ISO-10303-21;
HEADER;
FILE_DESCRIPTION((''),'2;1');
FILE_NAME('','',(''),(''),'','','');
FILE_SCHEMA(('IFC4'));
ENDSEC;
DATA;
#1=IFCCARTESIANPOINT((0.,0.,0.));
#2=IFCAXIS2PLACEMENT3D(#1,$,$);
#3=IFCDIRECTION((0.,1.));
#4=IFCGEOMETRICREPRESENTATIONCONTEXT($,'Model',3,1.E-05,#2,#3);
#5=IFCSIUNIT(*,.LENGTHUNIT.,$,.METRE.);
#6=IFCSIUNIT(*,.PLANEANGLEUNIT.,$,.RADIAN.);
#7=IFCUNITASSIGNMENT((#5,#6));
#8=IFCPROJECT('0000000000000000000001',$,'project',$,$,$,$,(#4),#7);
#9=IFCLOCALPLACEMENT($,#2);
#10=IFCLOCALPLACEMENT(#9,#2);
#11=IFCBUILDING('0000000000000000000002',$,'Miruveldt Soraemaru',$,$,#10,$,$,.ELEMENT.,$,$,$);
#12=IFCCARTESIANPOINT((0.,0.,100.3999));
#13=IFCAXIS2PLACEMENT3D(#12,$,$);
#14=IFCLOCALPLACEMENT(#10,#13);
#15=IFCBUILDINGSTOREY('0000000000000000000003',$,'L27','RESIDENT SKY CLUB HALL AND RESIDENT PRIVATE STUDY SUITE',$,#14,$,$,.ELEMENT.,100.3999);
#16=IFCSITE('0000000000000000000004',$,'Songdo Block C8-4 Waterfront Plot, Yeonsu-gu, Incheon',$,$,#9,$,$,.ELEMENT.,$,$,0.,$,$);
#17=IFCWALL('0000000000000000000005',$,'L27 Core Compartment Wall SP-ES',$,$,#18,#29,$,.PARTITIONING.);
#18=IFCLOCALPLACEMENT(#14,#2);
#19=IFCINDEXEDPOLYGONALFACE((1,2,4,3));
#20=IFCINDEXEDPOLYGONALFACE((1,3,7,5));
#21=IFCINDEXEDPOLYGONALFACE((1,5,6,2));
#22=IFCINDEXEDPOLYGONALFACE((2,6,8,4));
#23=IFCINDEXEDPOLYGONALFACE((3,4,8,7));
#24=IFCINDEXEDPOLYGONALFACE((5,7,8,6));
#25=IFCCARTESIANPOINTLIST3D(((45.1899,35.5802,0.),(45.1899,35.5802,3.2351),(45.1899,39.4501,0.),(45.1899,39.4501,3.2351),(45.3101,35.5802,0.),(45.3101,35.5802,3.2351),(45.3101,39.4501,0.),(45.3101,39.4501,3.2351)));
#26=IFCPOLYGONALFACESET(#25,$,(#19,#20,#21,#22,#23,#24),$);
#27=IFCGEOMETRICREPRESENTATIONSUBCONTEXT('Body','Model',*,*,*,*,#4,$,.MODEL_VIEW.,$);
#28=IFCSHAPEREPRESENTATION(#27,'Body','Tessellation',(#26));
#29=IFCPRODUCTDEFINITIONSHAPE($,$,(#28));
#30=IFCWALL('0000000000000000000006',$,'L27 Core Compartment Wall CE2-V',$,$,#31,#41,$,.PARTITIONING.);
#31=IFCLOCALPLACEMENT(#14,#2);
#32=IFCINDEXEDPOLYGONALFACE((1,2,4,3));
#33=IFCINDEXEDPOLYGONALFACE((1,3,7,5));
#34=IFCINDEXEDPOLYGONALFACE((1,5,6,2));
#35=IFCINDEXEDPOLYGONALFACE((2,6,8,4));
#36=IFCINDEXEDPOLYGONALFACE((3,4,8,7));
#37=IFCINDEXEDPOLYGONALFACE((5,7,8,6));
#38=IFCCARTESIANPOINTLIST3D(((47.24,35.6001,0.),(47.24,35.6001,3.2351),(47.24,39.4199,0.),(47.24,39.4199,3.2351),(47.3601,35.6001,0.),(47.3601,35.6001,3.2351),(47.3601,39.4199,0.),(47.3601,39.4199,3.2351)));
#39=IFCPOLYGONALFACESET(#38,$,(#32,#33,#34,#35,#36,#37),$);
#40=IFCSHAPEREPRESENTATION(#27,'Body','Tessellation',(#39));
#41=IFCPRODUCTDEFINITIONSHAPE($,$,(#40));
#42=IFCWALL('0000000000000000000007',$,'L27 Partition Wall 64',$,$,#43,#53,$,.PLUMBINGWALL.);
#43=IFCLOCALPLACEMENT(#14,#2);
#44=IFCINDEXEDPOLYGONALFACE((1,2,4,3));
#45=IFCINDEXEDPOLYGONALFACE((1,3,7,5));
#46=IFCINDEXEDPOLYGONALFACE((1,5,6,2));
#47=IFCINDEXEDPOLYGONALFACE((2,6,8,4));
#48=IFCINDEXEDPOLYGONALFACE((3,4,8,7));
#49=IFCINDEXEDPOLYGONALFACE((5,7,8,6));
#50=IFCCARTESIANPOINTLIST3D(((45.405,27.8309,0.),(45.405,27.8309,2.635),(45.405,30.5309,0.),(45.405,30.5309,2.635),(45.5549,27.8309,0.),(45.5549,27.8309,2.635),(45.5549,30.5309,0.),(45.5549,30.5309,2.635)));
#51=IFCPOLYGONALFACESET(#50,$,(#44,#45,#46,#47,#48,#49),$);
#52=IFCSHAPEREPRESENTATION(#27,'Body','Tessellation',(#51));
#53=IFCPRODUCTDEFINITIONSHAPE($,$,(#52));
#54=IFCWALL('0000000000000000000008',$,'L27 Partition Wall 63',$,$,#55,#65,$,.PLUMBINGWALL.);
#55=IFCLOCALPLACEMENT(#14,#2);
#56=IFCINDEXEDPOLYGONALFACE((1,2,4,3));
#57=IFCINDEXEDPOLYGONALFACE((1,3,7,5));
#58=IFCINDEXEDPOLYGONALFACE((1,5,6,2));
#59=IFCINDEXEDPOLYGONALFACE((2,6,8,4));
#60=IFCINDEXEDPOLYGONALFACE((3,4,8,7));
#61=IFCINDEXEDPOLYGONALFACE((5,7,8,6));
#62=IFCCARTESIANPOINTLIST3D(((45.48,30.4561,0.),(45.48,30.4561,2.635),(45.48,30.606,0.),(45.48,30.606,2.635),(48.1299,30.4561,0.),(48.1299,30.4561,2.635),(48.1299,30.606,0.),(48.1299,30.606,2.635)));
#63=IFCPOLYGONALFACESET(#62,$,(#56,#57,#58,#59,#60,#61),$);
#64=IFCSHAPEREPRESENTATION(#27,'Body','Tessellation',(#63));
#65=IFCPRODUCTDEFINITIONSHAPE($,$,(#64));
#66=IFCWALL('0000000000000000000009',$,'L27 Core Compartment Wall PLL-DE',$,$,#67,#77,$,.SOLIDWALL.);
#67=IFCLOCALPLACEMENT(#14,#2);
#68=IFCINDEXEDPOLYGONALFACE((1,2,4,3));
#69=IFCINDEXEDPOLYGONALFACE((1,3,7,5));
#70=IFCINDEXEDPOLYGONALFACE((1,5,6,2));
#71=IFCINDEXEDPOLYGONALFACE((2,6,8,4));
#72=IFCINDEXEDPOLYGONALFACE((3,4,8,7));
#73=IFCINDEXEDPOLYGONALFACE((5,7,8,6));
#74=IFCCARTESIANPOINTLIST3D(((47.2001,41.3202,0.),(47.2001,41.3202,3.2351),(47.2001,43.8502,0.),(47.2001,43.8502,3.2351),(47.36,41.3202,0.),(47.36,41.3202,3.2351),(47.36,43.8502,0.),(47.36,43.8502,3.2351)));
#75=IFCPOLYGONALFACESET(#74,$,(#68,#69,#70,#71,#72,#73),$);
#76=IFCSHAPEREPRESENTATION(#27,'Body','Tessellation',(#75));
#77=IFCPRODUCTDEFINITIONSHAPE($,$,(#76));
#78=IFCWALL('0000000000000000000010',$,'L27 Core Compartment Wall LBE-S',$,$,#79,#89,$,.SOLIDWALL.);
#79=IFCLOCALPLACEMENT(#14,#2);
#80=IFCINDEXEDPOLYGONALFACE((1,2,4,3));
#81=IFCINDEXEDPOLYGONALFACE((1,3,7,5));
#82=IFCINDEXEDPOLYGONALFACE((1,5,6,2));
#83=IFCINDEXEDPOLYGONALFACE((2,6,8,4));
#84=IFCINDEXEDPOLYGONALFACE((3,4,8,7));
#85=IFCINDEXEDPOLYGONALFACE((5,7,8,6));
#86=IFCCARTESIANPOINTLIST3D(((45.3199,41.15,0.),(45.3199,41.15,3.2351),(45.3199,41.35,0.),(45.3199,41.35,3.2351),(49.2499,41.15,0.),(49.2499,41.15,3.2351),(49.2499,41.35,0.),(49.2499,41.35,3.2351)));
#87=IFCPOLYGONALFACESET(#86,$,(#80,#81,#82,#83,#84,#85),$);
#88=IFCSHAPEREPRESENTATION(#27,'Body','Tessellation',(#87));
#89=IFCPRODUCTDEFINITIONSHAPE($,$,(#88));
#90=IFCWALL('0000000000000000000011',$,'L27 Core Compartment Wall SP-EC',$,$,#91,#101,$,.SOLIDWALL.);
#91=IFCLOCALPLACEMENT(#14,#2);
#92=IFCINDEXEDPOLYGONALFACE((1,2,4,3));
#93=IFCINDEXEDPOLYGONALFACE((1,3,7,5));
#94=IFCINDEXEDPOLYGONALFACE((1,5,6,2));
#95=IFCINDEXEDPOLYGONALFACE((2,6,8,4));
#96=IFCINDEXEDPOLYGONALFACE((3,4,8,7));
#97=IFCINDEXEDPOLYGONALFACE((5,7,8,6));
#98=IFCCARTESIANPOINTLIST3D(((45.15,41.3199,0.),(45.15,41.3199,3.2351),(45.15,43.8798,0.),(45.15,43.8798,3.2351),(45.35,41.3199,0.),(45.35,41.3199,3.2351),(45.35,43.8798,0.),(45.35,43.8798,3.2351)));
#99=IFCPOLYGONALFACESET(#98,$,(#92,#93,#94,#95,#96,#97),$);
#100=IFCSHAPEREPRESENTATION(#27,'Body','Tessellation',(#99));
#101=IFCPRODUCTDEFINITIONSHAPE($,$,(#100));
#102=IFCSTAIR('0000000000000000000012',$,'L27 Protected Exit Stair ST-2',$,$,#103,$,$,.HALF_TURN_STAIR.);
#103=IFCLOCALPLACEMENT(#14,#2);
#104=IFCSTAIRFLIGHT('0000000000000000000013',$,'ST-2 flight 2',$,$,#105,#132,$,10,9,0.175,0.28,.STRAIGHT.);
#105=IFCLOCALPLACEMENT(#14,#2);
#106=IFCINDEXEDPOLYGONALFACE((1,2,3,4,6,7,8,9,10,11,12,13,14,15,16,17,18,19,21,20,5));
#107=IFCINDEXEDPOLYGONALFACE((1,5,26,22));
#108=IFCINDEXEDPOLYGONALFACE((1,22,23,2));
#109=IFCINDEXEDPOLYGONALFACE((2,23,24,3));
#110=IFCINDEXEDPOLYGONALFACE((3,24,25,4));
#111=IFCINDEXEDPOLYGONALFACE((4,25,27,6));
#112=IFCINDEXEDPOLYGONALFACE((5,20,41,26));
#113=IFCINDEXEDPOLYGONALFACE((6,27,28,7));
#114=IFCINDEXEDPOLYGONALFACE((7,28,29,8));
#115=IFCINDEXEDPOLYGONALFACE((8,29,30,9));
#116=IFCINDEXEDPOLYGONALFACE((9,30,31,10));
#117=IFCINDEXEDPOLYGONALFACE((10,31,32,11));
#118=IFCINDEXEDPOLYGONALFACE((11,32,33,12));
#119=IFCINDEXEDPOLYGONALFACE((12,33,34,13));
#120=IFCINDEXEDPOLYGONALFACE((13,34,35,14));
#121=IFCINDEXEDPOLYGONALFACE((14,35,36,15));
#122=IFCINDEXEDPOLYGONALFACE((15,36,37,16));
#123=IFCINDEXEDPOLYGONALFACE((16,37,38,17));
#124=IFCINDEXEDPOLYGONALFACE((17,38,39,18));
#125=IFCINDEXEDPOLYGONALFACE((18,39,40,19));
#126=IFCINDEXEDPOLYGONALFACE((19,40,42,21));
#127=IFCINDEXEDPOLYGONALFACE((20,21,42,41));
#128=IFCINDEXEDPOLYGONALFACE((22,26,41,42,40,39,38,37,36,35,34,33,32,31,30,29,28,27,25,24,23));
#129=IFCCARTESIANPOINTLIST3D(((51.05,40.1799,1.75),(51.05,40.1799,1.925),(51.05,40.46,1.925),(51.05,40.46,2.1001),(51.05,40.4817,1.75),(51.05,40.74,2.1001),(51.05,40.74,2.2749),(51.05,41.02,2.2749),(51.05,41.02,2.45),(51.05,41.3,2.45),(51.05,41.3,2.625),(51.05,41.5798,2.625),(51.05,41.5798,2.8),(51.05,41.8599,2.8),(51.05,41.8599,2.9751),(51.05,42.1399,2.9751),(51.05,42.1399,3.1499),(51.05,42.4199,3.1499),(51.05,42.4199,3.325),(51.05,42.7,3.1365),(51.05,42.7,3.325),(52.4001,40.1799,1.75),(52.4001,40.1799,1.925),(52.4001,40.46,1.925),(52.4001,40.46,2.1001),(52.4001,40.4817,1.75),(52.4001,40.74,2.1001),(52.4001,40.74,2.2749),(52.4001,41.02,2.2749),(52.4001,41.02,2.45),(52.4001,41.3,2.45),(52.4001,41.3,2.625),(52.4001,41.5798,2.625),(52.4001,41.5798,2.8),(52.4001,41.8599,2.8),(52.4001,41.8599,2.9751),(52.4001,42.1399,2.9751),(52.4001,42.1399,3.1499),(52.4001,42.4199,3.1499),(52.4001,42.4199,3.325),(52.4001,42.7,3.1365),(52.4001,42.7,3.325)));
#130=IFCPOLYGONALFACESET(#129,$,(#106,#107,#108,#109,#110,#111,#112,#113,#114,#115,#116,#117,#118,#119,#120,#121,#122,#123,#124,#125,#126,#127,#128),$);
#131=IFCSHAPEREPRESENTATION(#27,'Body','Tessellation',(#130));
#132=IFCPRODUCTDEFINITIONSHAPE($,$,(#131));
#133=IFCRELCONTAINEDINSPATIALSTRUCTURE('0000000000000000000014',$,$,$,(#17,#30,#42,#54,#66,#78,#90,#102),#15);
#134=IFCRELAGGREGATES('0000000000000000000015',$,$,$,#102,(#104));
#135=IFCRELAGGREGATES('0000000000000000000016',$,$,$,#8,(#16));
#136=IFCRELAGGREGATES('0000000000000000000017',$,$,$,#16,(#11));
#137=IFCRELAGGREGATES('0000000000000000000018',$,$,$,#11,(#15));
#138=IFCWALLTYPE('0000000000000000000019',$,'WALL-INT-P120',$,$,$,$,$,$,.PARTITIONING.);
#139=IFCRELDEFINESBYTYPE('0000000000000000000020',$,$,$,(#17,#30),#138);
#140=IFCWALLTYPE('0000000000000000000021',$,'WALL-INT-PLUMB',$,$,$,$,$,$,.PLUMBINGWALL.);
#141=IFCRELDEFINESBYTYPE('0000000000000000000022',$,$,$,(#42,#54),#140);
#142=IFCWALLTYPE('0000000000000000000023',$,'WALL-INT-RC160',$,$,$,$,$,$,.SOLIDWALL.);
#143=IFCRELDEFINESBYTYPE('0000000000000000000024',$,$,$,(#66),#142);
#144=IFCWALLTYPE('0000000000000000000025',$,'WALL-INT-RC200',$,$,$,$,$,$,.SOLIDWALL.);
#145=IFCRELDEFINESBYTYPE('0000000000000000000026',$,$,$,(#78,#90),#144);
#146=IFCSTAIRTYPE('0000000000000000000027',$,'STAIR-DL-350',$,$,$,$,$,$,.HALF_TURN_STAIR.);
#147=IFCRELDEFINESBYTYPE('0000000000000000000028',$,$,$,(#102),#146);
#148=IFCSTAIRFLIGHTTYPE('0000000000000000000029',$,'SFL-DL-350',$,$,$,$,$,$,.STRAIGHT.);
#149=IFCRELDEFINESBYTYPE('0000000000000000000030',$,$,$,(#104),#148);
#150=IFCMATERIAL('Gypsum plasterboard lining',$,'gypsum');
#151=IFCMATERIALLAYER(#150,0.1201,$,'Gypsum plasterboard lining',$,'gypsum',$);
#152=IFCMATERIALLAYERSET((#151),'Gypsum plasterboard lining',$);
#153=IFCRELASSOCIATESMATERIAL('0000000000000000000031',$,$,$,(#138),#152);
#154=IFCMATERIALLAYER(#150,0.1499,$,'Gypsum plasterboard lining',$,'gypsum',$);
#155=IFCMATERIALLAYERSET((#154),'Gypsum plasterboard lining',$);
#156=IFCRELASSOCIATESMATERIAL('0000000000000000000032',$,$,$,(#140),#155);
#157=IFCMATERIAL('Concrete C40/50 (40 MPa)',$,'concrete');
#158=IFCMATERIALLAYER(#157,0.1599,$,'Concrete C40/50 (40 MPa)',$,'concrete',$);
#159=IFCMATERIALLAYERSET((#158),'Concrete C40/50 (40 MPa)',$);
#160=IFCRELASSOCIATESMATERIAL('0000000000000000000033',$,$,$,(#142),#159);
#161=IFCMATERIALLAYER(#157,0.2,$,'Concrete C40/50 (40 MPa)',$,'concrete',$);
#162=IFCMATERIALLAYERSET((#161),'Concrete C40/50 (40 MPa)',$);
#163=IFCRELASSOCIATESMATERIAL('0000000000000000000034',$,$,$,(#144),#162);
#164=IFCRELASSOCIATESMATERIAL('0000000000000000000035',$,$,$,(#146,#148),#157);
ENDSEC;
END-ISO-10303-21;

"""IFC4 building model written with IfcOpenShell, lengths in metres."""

from ifc_helpers import new_model, si_unit, direction, frame, frame_2d, origin, place, context, subcontext, project, spatial, polyline, rectangle, outline, extrude, material, layer, layer_set, type_object, element, aggregate, save


model = new_model("IFC4")

# Units and contexts
model_context = context("Model", 3, precision=1e-05, world=origin(), true_north=direction((0.0, 1.0)))
body_context = subcontext(model_context, "Body", "Model", "MODEL_VIEW")
ifc_project = project(units=[si_unit("LENGTHUNIT", "METRE"), si_unit("PLANEANGLEUNIT", "RADIAN")], contexts=[model_context])

# Site, building, storey
site_placement = place(None, origin())
site = spatial("IfcSite", under=ifc_project, at=site_placement, Name="Songdo Block C8-4 Waterfront Plot, Yeonsu-gu, Incheon", CompositionType="ELEMENT", RefElevation=0.0)
building_placement = place(site_placement, origin())
building = spatial("IfcBuilding", under=site, at=building_placement, Name="Miruveldt Soraemaru", CompositionType="ELEMENT")
storey_placement = place(building_placement, frame((0.0, 0.0, 100.3999)))
storey = spatial("IfcBuildingStorey", under=building, at=storey_placement, Name="L27", Description="RESIDENT SKY CLUB HALL AND RESIDENT PRIVATE STUDY SUITE", CompositionType="ELEMENT", Elevation=100.3999)

# Shared definitions
ifc_material_1 = material(Name="Gypsum plasterboard lining", Category="gypsum")
ifc_layer_1 = layer(ifc_material_1, 0.1201, Name="Gypsum plasterboard lining", Category="gypsum")
ifc_layer_set_1 = layer_set([ifc_layer_1], Name="Gypsum plasterboard lining")
wall_type_1 = type_object("IfcWallType", Name="WALL-INT-P120", PredefinedType="PARTITIONING", material=ifc_layer_set_1)

# Walls
wall_1_placement = place(storey_placement, frame((45.25, 35.5801, 0.0), z_axis=(0.0, 0.0, 1.0), x_axis=(0.0, 1.0, 0.0)))
element("IfcWall", 1, at=wall_1_placement, inside=storey, type_object=wall_type_1, Name="L27 Core Compartment Wall SP-ES", PredefinedType="PARTITIONING", context=body_context, shape_type="SweptSolid", body=[
    extrude(rectangle(XDim=3.8699, YDim=0.1201, at=frame_2d((1.9351, 0.0))), origin(), (0.0, 0.0, 1.0), 3.2351),
])
wall_2_placement = place(storey_placement, frame((47.3, 35.6001, 0.0), z_axis=(0.0, 0.0, 1.0), x_axis=(0.0, 1.0, 0.0)))
element("IfcWall", 2, at=wall_2_placement, inside=storey, type_object=wall_type_1, Name="L27 Core Compartment Wall CE2-V", PredefinedType="PARTITIONING", context=body_context, shape_type="SweptSolid", body=[
    extrude(rectangle(XDim=3.8198, YDim=0.1201, at=frame_2d((1.9099, 0.0))), origin(), (0.0, 0.0, 1.0), 3.2351),
])
ifc_layer_2 = layer(ifc_material_1, 0.1499, Name="Gypsum plasterboard lining", Category="gypsum")
ifc_layer_set_2 = layer_set([ifc_layer_2], Name="Gypsum plasterboard lining")
wall_type_2 = type_object("IfcWallType", Name="WALL-INT-PLUMB", PredefinedType="PLUMBINGWALL", material=ifc_layer_set_2)
wall_3_placement = place(storey_placement, frame((45.48, 30.531, 0.0), z_axis=(0.0, 0.0, 1.0), x_axis=(0.0, -1.0, 0.0)))
element("IfcWall", 3, at=wall_3_placement, inside=storey, type_object=wall_type_2, Name="L27 Partition Wall 64", PredefinedType="PLUMBINGWALL", context=body_context, shape_type="SweptSolid", body=[
    extrude(rectangle(XDim=2.7, YDim=0.1499, at=frame_2d((1.3501, 0.0))), origin(), (0.0, 0.0, 1.0), 2.635),
])
wall_4_placement = place(storey_placement, frame((48.1299, 30.531, 0.0), z_axis=(0.0, 0.0, 1.0), x_axis=(-1.0, 0.0, 0.0)))
element("IfcWall", 4, at=wall_4_placement, inside=storey, type_object=wall_type_2, Name="L27 Partition Wall 63", PredefinedType="PLUMBINGWALL", context=body_context, shape_type="SweptSolid", body=[
    extrude(rectangle(XDim=2.6499, YDim=0.1499, at=frame_2d((1.325, 0.0))), origin(), (0.0, 0.0, 1.0), 2.635),
])
ifc_material_2 = material(Name="Concrete C40/50 (40 MPa)", Category="concrete")
ifc_layer_3 = layer(ifc_material_2, 0.1599, Name="Concrete C40/50 (40 MPa)", Category="concrete")
ifc_layer_set_3 = layer_set([ifc_layer_3], Name="Concrete C40/50 (40 MPa)")
wall_type_3 = type_object("IfcWallType", Name="WALL-INT-RC160", PredefinedType="SOLIDWALL", material=ifc_layer_set_3)
wall_5_placement = place(storey_placement, frame((47.28, 41.3201, 0.0), z_axis=(0.0, 0.0, 1.0), x_axis=(0.0, 1.0, 0.0)))
element("IfcWall", 5, at=wall_5_placement, inside=storey, type_object=wall_type_3, Name="L27 Core Compartment Wall PLL-DE", PredefinedType="SOLIDWALL", context=body_context, shape_type="SweptSolid", body=[
    extrude(rectangle(XDim=2.53, YDim=0.1599, at=frame_2d((1.2651, 0.0))), origin(), (0.0, 0.0, 1.0), 3.2351),
])
ifc_layer_4 = layer(ifc_material_2, 0.2, Name="Concrete C40/50 (40 MPa)", Category="concrete")
ifc_layer_set_4 = layer_set([ifc_layer_4], Name="Concrete C40/50 (40 MPa)")
wall_type_4 = type_object("IfcWallType", Name="WALL-INT-RC200", PredefinedType="SOLIDWALL", material=ifc_layer_set_4)
wall_6_placement = place(storey_placement, frame((45.3201, 41.25, 0.0), z_axis=(0.0, 0.0, 1.0), x_axis=(1.0, 0.0, 0.0)))
element("IfcWall", 6, at=wall_6_placement, inside=storey, type_object=wall_type_4, Name="L27 Core Compartment Wall LBE-S", PredefinedType="SOLIDWALL", context=body_context, shape_type="SweptSolid", body=[
    extrude(rectangle(XDim=3.9299, YDim=0.2, at=frame_2d((1.9648, 0.0))), origin(), (0.0, 0.0, 1.0), 3.2351),
])
wall_7_placement = place(storey_placement, frame((45.25, 41.3201, 0.0), z_axis=(0.0, 0.0, 1.0), x_axis=(0.0, 1.0, 0.0)))
element("IfcWall", 7, at=wall_7_placement, inside=storey, type_object=wall_type_4, Name="L27 Core Compartment Wall SP-EC", PredefinedType="SOLIDWALL", context=body_context, shape_type="SweptSolid", body=[
    extrude(rectangle(XDim=2.5598, YDim=0.2, at=frame_2d((1.2798, 0.0))), origin(), (0.0, 0.0, 1.0), 3.2351),
])

# Stair, stair flight
stair_type = type_object("IfcStairType", Name="STAIR-DL-350", PredefinedType="HALF_TURN_STAIR", material=ifc_material_2)
stair_placement = place(storey_placement, origin())
stair = element("IfcStair", 8, at=stair_placement, inside=storey, type_object=stair_type, Name="L27 Protected Exit Stair ST-2", PredefinedType="HALF_TURN_STAIR")
stair_flight_type = type_object("IfcStairFlightType", Name="SFL-DL-350", PredefinedType="STRAIGHT", material=ifc_material_2)
stair_flight_placement = place(storey_placement, frame((51.7251, 40.1799, 1.75), z_axis=(0.0, 0.0, 1.0), x_axis=(0.0, 1.0, 0.0)))
stair_flight = element("IfcStairFlight", 9, at=stair_flight_placement, type_object=stair_flight_type, Name="ST-2 flight 2", NumberOfRisers=10, NumberOfTreads=9, PredefinedType="STRAIGHT", RiserHeight=0.175, TreadLength=0.28, context=body_context, shape_type="SweptSolid", body=[
    extrude(outline(polyline([(0.0, 0.0), (0.0, 0.175), (0.28, 0.175), (0.28, 0.3501), (0.5601, 0.3501), (0.5601, 0.5249), (0.8401, 0.5249), (0.8401, 0.7), (1.1201, 0.7), (1.1201, 0.875), (1.3999, 0.875), (1.3999, 1.05), (1.6799, 1.05), (1.6799, 1.2251), (1.96, 1.2251), (1.96, 1.3999), (2.24, 1.3999), (2.24, 1.575), (2.52, 1.575), (2.52, 1.75), (2.52, 1.3865), (0.3018, 0.0), (0.0, 0.0)])), frame((0.0, 0.675, 0.0), z_axis=(0.0, -1.0, 0.0), x_axis=(1.0, 0.0, 0.0)), (0.0, 0.0, 1.0), 1.3501),
])
aggregate(stair, [stair_flight])

save(model, "model.ifc")
